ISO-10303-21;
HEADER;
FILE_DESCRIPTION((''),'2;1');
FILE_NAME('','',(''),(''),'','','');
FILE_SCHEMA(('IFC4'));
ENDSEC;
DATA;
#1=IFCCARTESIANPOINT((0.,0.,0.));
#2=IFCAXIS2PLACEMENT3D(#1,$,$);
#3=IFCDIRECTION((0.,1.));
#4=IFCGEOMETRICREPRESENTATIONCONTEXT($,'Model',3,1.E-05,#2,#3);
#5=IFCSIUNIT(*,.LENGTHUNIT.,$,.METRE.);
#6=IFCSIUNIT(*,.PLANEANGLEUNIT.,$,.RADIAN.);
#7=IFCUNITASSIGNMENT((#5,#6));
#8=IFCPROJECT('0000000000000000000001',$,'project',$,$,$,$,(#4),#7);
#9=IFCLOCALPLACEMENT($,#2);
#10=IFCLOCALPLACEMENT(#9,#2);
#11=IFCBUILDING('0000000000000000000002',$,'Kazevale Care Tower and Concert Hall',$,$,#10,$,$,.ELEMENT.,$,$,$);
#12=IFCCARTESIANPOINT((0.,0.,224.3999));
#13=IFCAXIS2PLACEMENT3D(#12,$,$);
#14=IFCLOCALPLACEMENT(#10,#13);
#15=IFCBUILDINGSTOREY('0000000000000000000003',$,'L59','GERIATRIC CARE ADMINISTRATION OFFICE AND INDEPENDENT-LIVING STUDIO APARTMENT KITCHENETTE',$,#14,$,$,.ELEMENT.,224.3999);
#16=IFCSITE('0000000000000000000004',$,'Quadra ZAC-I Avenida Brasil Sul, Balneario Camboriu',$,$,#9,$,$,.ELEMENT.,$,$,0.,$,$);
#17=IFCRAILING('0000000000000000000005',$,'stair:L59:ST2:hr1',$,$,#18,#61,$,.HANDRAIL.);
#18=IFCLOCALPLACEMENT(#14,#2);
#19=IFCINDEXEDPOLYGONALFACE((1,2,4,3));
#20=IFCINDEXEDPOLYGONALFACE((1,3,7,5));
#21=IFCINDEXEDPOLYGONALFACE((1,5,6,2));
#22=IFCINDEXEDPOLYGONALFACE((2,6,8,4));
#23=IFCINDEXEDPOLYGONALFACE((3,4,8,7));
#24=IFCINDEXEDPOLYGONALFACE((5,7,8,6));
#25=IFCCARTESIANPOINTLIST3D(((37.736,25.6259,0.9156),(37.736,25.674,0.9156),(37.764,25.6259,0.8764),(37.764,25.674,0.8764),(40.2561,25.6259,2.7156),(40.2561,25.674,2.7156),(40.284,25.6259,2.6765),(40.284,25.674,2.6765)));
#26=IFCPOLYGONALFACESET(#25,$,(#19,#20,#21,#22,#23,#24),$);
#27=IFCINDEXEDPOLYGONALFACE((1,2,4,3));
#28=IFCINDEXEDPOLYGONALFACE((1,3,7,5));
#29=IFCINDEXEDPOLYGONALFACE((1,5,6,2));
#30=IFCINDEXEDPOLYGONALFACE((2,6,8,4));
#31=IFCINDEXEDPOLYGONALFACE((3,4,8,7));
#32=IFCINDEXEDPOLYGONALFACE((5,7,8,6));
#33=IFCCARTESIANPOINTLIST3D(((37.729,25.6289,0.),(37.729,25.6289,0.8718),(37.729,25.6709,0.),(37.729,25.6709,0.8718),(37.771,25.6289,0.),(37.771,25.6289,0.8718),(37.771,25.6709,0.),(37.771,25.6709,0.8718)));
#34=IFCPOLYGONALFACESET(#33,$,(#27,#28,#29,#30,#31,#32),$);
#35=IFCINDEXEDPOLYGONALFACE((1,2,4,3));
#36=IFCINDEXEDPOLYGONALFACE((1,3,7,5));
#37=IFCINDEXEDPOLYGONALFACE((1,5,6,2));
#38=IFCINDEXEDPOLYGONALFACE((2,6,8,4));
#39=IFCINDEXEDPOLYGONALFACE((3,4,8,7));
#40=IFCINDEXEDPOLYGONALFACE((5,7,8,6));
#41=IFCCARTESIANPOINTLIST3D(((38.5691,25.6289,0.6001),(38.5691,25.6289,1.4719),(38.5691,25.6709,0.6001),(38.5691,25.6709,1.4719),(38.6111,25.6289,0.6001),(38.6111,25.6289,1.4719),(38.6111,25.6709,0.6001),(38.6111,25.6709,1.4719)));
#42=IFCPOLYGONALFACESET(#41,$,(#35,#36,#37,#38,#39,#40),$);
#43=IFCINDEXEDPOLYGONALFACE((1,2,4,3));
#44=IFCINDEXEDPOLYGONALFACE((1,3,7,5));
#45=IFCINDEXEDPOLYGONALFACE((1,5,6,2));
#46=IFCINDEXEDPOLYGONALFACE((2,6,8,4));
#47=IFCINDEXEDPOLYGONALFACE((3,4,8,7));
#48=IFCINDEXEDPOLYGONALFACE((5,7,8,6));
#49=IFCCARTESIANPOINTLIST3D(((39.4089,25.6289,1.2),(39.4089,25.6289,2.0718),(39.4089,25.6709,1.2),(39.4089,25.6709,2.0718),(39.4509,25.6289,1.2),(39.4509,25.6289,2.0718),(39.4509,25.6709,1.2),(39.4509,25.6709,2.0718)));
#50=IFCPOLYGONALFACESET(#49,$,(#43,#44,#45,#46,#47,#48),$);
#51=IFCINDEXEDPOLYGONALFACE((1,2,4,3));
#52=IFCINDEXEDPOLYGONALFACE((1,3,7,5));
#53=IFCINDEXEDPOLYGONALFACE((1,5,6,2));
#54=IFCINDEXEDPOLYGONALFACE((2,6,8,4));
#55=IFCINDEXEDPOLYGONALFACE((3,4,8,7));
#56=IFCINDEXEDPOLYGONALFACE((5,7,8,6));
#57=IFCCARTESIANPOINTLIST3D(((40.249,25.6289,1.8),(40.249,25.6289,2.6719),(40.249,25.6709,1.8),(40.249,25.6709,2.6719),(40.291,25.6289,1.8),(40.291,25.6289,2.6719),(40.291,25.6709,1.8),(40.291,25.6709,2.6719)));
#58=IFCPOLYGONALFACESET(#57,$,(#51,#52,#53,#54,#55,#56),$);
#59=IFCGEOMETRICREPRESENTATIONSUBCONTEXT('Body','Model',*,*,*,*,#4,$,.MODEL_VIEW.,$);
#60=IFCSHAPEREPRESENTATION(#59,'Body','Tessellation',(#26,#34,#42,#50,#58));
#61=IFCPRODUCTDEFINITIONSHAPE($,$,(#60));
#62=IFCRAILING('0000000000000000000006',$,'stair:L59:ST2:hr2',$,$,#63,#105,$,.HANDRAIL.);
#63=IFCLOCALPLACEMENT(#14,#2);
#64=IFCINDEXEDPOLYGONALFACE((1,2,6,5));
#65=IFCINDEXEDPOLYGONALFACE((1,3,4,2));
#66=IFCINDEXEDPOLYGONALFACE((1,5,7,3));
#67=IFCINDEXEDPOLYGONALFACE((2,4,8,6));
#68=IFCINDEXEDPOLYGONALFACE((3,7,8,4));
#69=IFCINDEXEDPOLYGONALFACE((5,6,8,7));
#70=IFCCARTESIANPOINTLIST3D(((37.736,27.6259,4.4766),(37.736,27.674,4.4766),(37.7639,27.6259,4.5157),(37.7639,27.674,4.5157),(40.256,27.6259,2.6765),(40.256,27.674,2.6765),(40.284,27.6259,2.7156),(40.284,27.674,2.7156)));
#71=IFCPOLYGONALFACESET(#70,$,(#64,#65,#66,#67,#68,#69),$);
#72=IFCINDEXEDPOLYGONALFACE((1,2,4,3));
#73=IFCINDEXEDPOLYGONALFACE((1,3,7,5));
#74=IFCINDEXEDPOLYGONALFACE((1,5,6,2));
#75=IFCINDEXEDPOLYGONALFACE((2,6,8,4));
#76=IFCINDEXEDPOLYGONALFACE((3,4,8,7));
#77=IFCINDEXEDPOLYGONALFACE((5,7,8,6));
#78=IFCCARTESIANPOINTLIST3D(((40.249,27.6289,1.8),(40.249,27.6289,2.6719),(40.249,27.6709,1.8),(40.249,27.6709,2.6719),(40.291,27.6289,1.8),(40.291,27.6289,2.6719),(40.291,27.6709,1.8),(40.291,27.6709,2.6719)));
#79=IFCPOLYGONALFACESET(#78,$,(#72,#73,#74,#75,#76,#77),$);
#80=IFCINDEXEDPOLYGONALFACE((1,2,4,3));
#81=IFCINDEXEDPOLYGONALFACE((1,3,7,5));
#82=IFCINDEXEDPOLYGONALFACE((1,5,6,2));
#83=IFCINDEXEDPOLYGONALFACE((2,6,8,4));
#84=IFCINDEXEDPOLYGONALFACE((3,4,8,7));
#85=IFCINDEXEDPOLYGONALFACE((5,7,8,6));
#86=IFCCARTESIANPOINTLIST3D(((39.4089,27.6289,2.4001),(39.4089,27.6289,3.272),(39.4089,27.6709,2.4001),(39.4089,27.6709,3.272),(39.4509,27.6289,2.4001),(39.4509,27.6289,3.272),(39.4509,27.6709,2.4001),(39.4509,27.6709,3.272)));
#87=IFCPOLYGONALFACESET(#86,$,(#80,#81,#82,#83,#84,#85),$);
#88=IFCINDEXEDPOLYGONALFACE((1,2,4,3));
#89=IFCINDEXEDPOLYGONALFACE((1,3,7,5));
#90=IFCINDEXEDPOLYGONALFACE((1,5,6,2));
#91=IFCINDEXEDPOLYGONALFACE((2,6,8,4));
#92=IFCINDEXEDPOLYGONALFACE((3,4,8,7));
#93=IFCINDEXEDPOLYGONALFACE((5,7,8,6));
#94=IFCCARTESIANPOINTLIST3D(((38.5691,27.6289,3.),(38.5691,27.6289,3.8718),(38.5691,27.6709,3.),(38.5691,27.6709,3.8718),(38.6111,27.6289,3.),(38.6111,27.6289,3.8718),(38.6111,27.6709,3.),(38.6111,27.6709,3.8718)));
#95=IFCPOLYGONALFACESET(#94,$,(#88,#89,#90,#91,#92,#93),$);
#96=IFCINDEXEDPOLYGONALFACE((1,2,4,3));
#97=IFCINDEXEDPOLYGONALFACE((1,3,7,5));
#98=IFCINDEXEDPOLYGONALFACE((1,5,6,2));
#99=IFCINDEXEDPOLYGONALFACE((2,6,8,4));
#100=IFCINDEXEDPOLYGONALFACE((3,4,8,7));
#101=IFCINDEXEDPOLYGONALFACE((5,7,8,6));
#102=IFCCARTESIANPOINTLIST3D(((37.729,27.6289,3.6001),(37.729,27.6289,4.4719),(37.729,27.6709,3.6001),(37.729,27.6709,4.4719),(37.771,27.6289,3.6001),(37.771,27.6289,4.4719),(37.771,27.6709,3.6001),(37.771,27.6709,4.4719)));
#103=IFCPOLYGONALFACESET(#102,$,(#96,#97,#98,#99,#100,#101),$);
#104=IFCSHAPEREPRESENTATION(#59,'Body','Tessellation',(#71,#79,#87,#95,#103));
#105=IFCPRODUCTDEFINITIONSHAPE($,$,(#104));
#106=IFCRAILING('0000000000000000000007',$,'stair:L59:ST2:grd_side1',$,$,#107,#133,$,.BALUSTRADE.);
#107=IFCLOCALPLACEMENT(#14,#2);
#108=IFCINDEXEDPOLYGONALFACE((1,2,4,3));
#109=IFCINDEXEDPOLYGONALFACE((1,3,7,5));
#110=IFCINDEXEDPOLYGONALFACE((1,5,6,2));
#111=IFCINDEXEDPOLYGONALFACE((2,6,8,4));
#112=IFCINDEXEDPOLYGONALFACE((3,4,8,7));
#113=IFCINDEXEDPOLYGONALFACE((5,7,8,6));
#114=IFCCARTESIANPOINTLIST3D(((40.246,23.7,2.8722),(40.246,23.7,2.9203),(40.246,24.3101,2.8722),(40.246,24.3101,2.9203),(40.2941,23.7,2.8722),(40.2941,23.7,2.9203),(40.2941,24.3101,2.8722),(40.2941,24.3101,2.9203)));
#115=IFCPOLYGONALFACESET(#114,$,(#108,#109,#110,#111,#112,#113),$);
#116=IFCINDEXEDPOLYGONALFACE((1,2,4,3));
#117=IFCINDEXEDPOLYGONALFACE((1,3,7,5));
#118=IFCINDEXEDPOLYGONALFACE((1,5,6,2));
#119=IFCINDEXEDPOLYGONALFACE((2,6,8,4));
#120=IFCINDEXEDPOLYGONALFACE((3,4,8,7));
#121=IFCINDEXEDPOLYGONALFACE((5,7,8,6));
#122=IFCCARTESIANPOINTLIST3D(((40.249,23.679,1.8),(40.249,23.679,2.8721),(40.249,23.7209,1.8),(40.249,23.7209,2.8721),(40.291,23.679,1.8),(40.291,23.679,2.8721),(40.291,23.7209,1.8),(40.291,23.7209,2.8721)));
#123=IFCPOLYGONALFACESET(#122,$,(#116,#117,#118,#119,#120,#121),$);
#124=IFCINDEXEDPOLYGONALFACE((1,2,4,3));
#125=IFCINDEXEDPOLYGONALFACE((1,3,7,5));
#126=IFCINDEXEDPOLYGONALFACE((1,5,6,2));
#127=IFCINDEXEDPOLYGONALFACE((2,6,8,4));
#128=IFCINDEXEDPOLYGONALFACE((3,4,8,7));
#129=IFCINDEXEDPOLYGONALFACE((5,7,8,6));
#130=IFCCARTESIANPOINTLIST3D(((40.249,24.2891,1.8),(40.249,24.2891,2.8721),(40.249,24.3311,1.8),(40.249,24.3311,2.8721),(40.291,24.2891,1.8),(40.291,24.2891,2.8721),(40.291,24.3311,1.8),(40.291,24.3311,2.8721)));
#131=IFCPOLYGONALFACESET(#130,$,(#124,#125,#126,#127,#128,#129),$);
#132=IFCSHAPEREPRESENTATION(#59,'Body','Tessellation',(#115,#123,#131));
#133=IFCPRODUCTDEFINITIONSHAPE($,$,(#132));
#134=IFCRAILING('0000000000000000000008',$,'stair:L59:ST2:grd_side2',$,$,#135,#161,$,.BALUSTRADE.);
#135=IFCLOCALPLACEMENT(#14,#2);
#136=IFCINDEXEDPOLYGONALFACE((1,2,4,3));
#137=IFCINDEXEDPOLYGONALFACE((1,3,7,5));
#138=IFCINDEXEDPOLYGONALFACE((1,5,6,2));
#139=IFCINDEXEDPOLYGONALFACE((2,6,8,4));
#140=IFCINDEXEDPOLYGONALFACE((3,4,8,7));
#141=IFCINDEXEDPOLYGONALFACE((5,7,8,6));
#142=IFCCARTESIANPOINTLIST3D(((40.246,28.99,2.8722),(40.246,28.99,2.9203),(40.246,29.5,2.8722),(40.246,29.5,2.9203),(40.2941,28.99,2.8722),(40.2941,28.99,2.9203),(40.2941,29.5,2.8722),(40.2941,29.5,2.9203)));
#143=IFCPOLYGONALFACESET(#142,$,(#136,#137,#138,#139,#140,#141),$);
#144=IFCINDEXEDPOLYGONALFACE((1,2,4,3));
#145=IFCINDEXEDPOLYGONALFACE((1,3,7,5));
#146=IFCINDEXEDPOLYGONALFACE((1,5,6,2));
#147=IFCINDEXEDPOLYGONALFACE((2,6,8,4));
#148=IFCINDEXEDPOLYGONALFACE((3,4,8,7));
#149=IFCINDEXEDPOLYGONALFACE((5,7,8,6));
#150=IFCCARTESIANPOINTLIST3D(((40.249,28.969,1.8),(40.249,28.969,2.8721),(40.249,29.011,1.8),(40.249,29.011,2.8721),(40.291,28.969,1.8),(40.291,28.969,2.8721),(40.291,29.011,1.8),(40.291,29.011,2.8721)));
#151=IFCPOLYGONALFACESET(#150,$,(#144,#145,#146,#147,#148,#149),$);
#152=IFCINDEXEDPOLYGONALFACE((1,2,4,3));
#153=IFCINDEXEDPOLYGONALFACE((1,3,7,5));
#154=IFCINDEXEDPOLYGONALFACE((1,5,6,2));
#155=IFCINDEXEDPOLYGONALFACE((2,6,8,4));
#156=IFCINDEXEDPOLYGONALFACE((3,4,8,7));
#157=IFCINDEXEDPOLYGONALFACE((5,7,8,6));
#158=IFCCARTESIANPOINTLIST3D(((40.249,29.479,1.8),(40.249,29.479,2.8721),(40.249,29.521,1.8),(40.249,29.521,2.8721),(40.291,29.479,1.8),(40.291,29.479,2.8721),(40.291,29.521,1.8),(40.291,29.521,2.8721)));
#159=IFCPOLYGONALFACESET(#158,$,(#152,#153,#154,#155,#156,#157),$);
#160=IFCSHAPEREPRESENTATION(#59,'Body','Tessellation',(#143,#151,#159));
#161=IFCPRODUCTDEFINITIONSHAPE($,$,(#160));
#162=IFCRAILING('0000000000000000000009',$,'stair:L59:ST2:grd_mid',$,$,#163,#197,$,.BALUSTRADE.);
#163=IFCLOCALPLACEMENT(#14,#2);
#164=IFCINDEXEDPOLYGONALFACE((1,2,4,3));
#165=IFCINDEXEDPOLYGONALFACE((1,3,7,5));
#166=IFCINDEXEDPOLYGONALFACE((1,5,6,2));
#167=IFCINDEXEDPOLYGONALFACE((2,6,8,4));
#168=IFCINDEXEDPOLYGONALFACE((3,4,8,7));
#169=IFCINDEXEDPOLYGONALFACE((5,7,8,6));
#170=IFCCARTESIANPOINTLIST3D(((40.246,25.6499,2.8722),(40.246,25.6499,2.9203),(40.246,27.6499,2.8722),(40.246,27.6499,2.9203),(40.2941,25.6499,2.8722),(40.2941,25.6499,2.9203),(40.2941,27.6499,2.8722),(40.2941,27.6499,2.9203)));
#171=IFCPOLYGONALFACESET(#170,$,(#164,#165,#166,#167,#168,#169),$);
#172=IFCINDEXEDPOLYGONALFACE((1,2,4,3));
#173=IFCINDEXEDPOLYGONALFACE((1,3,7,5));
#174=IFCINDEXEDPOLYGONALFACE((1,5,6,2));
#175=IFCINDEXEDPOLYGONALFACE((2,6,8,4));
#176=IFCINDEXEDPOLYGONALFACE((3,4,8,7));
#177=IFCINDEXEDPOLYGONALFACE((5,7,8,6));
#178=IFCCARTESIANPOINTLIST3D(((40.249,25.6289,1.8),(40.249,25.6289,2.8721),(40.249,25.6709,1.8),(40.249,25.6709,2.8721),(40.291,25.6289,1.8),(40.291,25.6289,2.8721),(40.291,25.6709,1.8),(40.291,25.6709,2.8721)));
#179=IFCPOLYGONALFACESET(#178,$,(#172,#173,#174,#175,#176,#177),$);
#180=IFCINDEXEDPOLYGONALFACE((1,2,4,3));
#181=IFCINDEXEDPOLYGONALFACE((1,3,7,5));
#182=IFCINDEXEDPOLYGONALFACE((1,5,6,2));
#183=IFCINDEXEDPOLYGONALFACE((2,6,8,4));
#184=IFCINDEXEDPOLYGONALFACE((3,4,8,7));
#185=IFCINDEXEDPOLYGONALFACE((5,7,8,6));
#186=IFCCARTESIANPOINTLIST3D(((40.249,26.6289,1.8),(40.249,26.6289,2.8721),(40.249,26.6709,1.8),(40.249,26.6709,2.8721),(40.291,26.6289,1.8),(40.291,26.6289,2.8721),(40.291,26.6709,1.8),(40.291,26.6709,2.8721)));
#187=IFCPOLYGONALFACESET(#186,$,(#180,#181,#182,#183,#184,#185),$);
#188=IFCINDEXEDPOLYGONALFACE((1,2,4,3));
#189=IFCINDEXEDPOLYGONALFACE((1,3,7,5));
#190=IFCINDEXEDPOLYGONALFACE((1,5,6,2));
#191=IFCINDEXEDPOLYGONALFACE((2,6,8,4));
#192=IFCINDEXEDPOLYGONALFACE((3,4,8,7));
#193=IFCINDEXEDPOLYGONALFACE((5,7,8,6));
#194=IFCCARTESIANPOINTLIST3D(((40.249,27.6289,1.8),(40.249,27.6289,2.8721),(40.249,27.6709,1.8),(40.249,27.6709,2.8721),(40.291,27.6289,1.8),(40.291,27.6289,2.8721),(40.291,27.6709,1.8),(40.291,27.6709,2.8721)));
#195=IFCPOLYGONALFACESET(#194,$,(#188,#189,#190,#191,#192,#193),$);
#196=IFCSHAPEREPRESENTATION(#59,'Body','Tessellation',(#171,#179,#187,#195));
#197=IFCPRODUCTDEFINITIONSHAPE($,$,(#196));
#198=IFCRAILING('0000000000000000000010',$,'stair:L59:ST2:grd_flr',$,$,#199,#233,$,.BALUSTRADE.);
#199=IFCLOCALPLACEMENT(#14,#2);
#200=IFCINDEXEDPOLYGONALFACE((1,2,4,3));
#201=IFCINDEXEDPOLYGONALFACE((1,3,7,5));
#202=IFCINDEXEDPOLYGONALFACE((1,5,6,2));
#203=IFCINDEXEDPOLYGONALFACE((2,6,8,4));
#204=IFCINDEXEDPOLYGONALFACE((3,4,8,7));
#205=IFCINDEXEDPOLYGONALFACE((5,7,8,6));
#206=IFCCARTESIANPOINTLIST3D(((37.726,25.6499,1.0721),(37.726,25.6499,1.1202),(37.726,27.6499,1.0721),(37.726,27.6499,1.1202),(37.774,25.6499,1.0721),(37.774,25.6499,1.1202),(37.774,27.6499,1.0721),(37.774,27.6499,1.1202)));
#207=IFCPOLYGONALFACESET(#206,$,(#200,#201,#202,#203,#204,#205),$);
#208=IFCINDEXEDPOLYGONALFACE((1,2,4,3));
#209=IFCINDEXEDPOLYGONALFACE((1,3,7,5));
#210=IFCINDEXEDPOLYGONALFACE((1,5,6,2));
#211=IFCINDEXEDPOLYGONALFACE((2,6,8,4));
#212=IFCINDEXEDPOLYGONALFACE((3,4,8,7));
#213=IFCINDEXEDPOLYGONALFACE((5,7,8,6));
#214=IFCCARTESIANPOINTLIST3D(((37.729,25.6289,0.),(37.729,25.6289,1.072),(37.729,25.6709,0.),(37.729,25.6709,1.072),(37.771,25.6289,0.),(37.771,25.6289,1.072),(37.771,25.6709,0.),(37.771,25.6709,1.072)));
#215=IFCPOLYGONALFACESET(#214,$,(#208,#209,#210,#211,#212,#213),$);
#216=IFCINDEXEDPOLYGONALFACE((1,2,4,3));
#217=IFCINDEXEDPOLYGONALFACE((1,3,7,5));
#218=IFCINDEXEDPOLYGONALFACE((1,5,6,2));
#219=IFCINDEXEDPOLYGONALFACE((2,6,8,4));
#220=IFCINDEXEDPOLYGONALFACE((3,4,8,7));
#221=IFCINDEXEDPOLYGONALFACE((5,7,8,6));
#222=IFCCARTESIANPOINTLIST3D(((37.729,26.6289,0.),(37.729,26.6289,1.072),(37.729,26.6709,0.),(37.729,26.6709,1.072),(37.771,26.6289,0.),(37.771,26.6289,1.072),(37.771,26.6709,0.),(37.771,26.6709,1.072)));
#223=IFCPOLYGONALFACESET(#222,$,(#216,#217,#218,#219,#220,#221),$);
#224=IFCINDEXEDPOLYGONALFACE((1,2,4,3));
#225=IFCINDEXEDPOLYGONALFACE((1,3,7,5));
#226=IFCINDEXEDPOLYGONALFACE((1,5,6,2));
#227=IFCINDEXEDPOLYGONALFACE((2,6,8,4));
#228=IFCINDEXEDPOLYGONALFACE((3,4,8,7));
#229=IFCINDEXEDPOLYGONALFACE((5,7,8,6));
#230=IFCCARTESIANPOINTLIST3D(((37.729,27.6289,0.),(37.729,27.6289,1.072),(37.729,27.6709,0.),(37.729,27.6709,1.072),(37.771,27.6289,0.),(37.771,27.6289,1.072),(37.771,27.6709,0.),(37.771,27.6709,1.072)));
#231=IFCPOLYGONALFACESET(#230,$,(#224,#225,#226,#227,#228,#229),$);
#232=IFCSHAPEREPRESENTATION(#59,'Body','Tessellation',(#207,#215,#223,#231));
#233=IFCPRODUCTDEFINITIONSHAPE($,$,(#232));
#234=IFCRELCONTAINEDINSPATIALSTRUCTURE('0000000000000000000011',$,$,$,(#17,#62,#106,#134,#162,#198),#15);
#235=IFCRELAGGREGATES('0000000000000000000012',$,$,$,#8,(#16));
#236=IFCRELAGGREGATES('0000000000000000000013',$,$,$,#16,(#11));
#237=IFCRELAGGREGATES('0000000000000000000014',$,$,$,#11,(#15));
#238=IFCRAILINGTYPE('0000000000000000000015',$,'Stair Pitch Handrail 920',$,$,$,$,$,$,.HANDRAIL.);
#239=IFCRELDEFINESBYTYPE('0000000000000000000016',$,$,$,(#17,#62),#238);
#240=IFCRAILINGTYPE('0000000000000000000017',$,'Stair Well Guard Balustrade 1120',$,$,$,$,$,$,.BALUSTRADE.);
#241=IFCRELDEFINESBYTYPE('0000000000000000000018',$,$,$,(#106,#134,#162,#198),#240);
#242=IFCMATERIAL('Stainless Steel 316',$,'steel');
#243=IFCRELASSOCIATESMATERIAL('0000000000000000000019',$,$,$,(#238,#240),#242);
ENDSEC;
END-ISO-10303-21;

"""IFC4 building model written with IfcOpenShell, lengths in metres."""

from ifc_helpers import new_model, si_unit, direction, frame, origin, origin_2d, place, context, subcontext, project, spatial, rectangle, extrude, material, type_object, element, save


model = new_model("IFC4")

# Units and contexts
model_context = context("Model", 3, precision=1e-05, world=origin(), true_north=direction((0.0, 1.0)))
body_context = subcontext(model_context, "Body", "Model", "MODEL_VIEW")
ifc_project = project(units=[si_unit("LENGTHUNIT", "METRE"), si_unit("PLANEANGLEUNIT", "RADIAN")], contexts=[model_context])

# Site, building, storey
site_placement = place(None, origin())
site = spatial("IfcSite", under=ifc_project, at=site_placement, Name="Quadra ZAC-I Avenida Brasil Sul, Balneario Camboriu", CompositionType="ELEMENT", RefElevation=0.0)
building_placement = place(site_placement, origin())
building = spatial("IfcBuilding", under=site, at=building_placement, Name="Kazevale Care Tower and Concert Hall", CompositionType="ELEMENT")
storey_placement = place(building_placement, frame((0.0, 0.0, 224.3999)))
storey = spatial("IfcBuildingStorey", under=building, at=storey_placement, Name="L59", Description="GERIATRIC CARE ADMINISTRATION OFFICE AND INDEPENDENT-LIVING STUDIO APARTMENT KITCHENETTE", CompositionType="ELEMENT", Elevation=224.3999)

# Railings
ifc_material_1 = material(Name="Stainless Steel 316", Category="steel")
railing_type_1 = type_object("IfcRailingType", Name="Stair Pitch Handrail 920", PredefinedType="HANDRAIL", material=ifc_material_1)
railing_1_placement = place(storey_placement, frame((37.75, 25.6499, 0.0)))
element("IfcRailing", 1, at=railing_1_placement, inside=storey, type_object=railing_type_1, Name="stair:L59:ST2:hr1", PredefinedType="HANDRAIL", context=body_context, shape_type="SweptSolid", body=[
    extrude(rectangle(XDim=0.0481, YDim=0.0481, at=origin_2d()), frame((0.0, 0.0, 0.896), z_axis=(0.813728, 0.0, 0.581246), x_axis=(0.0, 1.0, 0.0)), (0.0, 0.0, 1.0), 3.0969),
    extrude(rectangle(XDim=0.042, YDim=0.042, at=origin_2d()), origin(), (0.0, 0.0, 1.0), 0.8718),
    extrude(rectangle(XDim=0.042, YDim=0.042, at=origin_2d()), frame((0.8401, 0.0, 0.6001)), (0.0, 0.0, 1.0), 0.8718),
    extrude(rectangle(XDim=0.042, YDim=0.042, at=origin_2d()), frame((1.6799, 0.0, 1.2)), (0.0, 0.0, 1.0), 0.8718),
    extrude(rectangle(XDim=0.042, YDim=0.042, at=origin_2d()), frame((2.52, 0.0, 1.8)), (0.0, 0.0, 1.0), 0.8718),
])
railing_2_placement = place(storey_placement, frame((40.27, 27.6499, 1.8)))
element("IfcRailing", 2, at=railing_2_placement, inside=storey, type_object=railing_type_1, Name="stair:L59:ST2:hr2", PredefinedType="HANDRAIL", context=body_context, shape_type="SweptSolid", body=[
    extrude(rectangle(XDim=0.0481, YDim=0.0481, at=origin_2d()), frame((0.0, 0.0, 0.896), z_axis=(-0.813728, 0.0, 0.581246), x_axis=(0.0, -1.0, 0.0)), (0.0, 0.0, 1.0), 3.0969),
    extrude(rectangle(XDim=0.042, YDim=0.042, at=origin_2d()), origin(), (0.0, 0.0, 1.0), 0.8718),
    extrude(rectangle(XDim=0.042, YDim=0.042, at=origin_2d()), frame((-0.8401, 0.0, 0.6001)), (0.0, 0.0, 1.0), 0.8718),
    extrude(rectangle(XDim=0.042, YDim=0.042, at=origin_2d()), frame((-1.6799, 0.0, 1.2)), (0.0, 0.0, 1.0), 0.8718),
    extrude(rectangle(XDim=0.042, YDim=0.042, at=origin_2d()), frame((-2.52, 0.0, 1.8)), (0.0, 0.0, 1.0), 0.8718),
])
railing_type_2 = type_object("IfcRailingType", Name="Stair Well Guard Balustrade 1120", PredefinedType="BALUSTRADE", material=ifc_material_1)
railing_3_placement = place(storey_placement, frame((40.27, 23.7, 1.8)))
element("IfcRailing", 3, at=railing_3_placement, inside=storey, type_object=railing_type_2, Name="stair:L59:ST2:grd_side1", PredefinedType="BALUSTRADE", context=body_context, shape_type="SweptSolid", body=[
    extrude(rectangle(XDim=0.0481, YDim=0.0481, at=origin_2d()), frame((0.0, 0.0, 1.0962), z_axis=(0.0, 1.0, 0.0), x_axis=(-1.0, 0.0, 0.0)), (0.0, 0.0, 1.0), 0.6101),
    extrude(rectangle(XDim=0.042, YDim=0.042, at=origin_2d()), origin(), (0.0, 0.0, 1.0), 1.072),
    extrude(rectangle(XDim=0.042, YDim=0.042, at=origin_2d()), frame((0.0, 0.6101, 0.0)), (0.0, 0.0, 1.0), 1.072),
])
railing_4_placement = place(storey_placement, frame((40.27, 28.99, 1.8)))
element("IfcRailing", 4, at=railing_4_placement, inside=storey, type_object=railing_type_2, Name="stair:L59:ST2:grd_side2", PredefinedType="BALUSTRADE", context=body_context, shape_type="SweptSolid", body=[
    extrude(rectangle(XDim=0.0481, YDim=0.0481, at=origin_2d()), frame((0.0, 0.0, 1.0962), z_axis=(0.0, 1.0, 0.0), x_axis=(-1.0, 0.0, 0.0)), (0.0, 0.0, 1.0), 0.51),
    extrude(rectangle(XDim=0.042, YDim=0.042, at=origin_2d()), origin(), (0.0, 0.0, 1.0), 1.072),
    extrude(rectangle(XDim=0.042, YDim=0.042, at=origin_2d()), frame((0.0, 0.51, 0.0)), (0.0, 0.0, 1.0), 1.072),
])
for number, where, name in (
    (5, (40.27, 25.6499, 1.8), "stair:L59:ST2:grd_mid"),
    (6, (37.75, 25.6499, 0.0), "stair:L59:ST2:grd_flr"),
):
    element("IfcRailing", number, at=place(storey_placement, frame(where)), inside=storey, type_object=railing_type_2, Name=name, PredefinedType="BALUSTRADE", context=body_context, shape_type="SweptSolid", body=[
        extrude(rectangle(XDim=0.0481, YDim=0.0481, at=origin_2d()), frame((0.0, 0.0, 1.0962), z_axis=(0.0, 1.0, 0.0), x_axis=(-1.0, 0.0, 0.0)), (0.0, 0.0, 1.0), 2.0),
        extrude(rectangle(XDim=0.042, YDim=0.042, at=origin_2d()), origin(), (0.0, 0.0, 1.0), 1.072),
        extrude(rectangle(XDim=0.042, YDim=0.042, at=origin_2d()), frame((0.0, 1.0, 0.0)), (0.0, 0.0, 1.0), 1.072),
        extrude(rectangle(XDim=0.042, YDim=0.042, at=origin_2d()), frame((0.0, 2.0, 0.0)), (0.0, 0.0, 1.0), 1.072),
    ])

save(model, "model.ifc")
